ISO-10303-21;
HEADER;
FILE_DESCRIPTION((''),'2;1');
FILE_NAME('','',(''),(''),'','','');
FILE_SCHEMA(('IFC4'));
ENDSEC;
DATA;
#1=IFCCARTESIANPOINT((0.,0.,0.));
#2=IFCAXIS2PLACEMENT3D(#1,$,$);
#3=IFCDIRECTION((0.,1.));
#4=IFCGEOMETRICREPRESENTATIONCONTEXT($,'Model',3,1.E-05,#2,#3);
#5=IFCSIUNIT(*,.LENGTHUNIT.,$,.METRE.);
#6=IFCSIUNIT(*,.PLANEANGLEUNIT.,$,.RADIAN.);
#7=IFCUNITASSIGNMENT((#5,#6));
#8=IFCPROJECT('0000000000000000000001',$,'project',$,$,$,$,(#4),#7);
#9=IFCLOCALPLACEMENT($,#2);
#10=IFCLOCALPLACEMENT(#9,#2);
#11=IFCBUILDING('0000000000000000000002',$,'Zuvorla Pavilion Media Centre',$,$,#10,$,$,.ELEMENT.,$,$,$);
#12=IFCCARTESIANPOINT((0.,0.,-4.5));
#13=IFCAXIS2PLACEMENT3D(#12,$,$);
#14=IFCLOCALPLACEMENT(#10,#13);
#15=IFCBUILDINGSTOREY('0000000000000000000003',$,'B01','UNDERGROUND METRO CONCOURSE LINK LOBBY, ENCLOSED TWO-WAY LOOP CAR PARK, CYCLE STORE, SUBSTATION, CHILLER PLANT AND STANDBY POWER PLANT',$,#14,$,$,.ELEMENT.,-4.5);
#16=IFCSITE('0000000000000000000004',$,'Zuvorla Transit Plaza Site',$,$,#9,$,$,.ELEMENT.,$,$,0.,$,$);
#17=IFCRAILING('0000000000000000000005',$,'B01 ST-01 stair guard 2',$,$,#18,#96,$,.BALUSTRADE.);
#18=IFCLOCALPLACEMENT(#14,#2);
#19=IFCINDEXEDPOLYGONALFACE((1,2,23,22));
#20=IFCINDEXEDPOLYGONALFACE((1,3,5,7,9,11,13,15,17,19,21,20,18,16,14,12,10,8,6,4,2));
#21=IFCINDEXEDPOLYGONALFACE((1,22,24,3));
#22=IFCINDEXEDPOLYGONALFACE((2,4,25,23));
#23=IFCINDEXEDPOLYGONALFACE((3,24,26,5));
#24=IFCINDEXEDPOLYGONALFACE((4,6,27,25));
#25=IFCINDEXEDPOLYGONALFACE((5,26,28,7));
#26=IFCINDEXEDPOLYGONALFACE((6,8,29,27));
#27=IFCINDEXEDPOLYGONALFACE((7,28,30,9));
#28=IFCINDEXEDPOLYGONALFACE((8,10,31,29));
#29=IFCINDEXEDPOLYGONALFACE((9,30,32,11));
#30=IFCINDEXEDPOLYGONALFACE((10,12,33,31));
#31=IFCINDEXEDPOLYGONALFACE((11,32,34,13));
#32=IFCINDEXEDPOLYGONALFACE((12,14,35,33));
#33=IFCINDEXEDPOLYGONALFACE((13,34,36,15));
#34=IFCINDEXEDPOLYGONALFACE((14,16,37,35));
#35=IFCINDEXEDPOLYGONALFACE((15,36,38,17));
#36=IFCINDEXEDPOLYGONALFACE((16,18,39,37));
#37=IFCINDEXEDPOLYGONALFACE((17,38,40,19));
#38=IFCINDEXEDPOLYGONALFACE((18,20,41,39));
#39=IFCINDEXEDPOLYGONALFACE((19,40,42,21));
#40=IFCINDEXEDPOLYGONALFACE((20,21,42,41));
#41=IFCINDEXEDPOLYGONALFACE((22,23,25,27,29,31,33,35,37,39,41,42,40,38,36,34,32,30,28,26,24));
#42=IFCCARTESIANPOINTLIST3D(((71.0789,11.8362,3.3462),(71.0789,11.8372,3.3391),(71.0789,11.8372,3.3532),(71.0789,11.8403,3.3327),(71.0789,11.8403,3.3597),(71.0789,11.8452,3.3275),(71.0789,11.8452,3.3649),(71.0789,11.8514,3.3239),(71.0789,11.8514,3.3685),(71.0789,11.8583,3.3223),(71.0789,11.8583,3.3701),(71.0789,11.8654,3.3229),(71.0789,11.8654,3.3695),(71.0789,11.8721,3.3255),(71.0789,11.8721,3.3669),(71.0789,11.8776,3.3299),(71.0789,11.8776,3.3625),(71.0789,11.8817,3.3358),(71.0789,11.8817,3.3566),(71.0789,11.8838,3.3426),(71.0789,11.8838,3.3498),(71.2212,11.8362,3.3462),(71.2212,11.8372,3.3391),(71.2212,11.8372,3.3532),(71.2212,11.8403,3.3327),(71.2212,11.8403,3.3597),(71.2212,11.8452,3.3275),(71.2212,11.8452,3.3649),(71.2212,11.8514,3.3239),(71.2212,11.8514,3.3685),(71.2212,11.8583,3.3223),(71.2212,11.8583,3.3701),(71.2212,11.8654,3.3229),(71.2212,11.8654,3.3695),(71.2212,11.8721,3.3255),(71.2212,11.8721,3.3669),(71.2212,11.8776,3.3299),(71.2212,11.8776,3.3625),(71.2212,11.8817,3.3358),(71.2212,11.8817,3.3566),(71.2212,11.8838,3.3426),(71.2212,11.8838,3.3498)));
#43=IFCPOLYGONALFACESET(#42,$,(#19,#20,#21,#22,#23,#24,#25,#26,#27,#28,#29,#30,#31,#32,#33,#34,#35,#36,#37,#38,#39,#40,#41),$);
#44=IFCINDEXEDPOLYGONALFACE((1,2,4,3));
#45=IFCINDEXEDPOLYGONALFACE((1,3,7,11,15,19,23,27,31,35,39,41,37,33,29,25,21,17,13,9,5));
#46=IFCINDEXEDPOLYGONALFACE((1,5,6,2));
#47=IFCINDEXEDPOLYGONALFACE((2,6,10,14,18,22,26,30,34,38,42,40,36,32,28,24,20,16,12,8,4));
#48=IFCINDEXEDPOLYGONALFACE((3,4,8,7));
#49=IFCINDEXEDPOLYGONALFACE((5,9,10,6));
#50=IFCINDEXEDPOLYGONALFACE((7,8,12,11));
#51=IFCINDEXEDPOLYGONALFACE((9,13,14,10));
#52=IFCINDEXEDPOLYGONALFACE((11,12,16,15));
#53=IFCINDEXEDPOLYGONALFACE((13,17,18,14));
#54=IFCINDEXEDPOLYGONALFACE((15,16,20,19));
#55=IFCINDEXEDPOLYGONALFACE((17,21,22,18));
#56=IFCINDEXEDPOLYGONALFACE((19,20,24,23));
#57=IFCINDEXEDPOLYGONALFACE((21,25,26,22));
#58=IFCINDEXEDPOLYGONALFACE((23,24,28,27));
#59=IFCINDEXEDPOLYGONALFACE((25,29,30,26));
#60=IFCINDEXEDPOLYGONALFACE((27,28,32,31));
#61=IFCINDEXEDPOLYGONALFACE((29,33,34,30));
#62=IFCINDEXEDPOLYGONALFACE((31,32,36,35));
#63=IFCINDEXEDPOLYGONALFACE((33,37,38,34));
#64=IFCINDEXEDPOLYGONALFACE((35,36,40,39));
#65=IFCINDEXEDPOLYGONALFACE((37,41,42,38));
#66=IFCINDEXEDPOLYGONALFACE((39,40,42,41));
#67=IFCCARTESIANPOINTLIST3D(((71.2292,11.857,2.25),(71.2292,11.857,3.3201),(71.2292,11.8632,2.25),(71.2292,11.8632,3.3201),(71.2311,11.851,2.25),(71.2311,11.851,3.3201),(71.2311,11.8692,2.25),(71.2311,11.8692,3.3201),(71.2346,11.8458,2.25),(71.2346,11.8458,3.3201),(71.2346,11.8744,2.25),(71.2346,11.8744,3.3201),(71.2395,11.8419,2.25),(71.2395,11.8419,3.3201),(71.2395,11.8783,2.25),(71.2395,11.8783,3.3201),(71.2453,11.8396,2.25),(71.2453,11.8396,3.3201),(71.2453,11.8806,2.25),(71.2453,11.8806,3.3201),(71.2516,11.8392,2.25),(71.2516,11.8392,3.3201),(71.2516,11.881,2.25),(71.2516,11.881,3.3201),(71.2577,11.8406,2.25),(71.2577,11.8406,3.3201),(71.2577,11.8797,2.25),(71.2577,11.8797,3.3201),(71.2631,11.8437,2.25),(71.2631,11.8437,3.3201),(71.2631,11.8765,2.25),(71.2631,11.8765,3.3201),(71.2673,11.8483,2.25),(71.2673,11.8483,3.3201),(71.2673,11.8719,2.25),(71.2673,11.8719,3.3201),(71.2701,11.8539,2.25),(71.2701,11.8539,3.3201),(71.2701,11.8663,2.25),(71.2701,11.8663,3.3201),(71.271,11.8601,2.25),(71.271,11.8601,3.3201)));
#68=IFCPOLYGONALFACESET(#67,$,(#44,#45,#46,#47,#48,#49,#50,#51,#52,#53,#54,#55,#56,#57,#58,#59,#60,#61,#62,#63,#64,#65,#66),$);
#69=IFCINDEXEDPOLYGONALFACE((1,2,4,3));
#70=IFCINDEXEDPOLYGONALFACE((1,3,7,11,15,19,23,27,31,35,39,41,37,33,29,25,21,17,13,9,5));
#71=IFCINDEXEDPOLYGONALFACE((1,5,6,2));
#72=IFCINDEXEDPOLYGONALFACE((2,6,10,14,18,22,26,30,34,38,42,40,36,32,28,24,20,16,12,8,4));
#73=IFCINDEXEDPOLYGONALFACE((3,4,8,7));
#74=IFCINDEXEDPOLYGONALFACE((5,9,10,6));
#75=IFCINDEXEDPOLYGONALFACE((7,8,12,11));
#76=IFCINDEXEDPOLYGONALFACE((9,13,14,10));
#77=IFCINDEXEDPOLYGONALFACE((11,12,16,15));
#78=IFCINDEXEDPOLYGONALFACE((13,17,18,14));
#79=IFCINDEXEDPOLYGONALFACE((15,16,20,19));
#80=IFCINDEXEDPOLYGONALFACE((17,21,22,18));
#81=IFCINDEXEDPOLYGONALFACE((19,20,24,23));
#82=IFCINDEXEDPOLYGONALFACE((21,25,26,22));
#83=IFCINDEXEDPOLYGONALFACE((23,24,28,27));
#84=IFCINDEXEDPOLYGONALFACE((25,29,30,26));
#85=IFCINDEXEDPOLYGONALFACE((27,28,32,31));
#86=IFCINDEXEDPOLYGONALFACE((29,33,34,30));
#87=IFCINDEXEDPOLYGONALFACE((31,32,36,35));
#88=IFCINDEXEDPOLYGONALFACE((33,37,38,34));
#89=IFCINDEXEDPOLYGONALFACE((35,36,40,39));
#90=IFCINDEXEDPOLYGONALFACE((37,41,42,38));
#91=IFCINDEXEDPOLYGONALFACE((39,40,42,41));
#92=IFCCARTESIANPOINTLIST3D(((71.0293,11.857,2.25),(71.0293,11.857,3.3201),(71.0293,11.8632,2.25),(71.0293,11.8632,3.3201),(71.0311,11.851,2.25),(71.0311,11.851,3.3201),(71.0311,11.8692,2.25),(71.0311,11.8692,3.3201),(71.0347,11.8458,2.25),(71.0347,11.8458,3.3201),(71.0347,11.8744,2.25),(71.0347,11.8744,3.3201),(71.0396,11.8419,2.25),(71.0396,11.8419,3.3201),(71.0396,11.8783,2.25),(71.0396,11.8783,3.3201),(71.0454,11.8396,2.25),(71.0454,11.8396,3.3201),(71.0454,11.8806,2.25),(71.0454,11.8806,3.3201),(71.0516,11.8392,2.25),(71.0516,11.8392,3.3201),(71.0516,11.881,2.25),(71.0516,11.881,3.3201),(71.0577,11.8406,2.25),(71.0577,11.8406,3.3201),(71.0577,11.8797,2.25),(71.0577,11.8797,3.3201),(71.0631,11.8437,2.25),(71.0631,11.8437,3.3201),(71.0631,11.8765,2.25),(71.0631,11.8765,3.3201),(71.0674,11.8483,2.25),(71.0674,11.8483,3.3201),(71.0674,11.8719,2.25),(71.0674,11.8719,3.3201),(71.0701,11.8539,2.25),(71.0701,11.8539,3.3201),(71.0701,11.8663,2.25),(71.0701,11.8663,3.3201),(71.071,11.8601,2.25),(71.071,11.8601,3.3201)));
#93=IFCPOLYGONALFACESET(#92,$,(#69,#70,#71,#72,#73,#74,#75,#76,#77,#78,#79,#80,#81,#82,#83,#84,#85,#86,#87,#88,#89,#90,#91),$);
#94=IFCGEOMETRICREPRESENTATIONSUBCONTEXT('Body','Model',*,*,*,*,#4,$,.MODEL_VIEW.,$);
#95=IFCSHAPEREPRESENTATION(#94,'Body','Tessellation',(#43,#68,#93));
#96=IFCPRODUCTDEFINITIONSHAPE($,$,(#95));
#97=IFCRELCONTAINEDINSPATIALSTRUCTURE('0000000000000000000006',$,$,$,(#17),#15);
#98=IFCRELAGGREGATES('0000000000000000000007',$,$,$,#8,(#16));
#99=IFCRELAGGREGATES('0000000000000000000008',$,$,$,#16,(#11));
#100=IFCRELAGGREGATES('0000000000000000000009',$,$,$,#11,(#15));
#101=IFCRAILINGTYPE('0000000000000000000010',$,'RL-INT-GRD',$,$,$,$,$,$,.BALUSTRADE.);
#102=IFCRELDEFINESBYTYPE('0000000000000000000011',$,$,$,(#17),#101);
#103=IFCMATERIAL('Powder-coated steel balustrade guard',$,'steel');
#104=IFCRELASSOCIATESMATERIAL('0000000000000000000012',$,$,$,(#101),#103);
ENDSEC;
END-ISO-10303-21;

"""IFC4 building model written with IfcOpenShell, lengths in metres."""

from ifc_helpers import new_model, si_unit, direction, frame, origin, origin_2d, place, context, subcontext, project, spatial, circle, extrude, material, type_object, element, save


model = new_model("IFC4")

# Units and contexts
model_context = context("Model", 3, precision=1e-05, world=origin(), true_north=direction((0.0, 1.0)))
body_context = subcontext(model_context, "Body", "Model", "MODEL_VIEW")
ifc_project = project(units=[si_unit("LENGTHUNIT", "METRE"), si_unit("PLANEANGLEUNIT", "RADIAN")], contexts=[model_context])

# Site, building, storey
site_placement = place(None, origin())
site = spatial("IfcSite", under=ifc_project, at=site_placement, Name="Zuvorla Transit Plaza Site", CompositionType="ELEMENT", RefElevation=0.0)
building_placement = place(site_placement, origin())
building = spatial("IfcBuilding", under=site, at=building_placement, Name="Zuvorla Pavilion Media Centre", CompositionType="ELEMENT")
storey_placement = place(building_placement, frame((0.0, 0.0, -4.5)))
storey = spatial("IfcBuildingStorey", under=building, at=storey_placement, Name="B01", Description="UNDERGROUND METRO CONCOURSE LINK LOBBY, ENCLOSED TWO-WAY LOOP CAR PARK, CYCLE STORE, SUBSTATION, CHILLER PLANT AND STANDBY POWER PLANT", CompositionType="ELEMENT", Elevation=-4.5)

# Railing
ifc_material_1 = material(Name="Powder-coated steel balustrade guard", Category="steel")
railing_type_1 = type_object("IfcRailingType", Name="RL-INT-GRD", PredefinedType="BALUSTRADE", material=ifc_material_1)
railing_1_placement = place(storey_placement, frame((71.25, 11.8601, 2.25)))
element("IfcRailing", 1, at=railing_1_placement, inside=storey, type_object=railing_type_1, Name="B01 ST-01 stair guard 2", PredefinedType="BALUSTRADE", context=body_context, shape_type="SweptSolid", body=[
    extrude(circle(Radius=0.0239, at=origin_2d()), frame((-0.0288, 0.0, 1.0962), z_axis=(-1.0, 0.0, 0.0), x_axis=(0.0, -1.0, 0.0)), (0.0, 0.0, 1.0), 0.1423),
    extrude(circle(Radius=0.021, at=origin_2d()), origin(), (0.0, 0.0, 1.0), 1.0701),
    extrude(circle(Radius=0.021, at=origin_2d()), frame((-0.2, 0.0, 0.0)), (0.0, 0.0, 1.0), 1.0701),
])

save(model, "model.ifc")
